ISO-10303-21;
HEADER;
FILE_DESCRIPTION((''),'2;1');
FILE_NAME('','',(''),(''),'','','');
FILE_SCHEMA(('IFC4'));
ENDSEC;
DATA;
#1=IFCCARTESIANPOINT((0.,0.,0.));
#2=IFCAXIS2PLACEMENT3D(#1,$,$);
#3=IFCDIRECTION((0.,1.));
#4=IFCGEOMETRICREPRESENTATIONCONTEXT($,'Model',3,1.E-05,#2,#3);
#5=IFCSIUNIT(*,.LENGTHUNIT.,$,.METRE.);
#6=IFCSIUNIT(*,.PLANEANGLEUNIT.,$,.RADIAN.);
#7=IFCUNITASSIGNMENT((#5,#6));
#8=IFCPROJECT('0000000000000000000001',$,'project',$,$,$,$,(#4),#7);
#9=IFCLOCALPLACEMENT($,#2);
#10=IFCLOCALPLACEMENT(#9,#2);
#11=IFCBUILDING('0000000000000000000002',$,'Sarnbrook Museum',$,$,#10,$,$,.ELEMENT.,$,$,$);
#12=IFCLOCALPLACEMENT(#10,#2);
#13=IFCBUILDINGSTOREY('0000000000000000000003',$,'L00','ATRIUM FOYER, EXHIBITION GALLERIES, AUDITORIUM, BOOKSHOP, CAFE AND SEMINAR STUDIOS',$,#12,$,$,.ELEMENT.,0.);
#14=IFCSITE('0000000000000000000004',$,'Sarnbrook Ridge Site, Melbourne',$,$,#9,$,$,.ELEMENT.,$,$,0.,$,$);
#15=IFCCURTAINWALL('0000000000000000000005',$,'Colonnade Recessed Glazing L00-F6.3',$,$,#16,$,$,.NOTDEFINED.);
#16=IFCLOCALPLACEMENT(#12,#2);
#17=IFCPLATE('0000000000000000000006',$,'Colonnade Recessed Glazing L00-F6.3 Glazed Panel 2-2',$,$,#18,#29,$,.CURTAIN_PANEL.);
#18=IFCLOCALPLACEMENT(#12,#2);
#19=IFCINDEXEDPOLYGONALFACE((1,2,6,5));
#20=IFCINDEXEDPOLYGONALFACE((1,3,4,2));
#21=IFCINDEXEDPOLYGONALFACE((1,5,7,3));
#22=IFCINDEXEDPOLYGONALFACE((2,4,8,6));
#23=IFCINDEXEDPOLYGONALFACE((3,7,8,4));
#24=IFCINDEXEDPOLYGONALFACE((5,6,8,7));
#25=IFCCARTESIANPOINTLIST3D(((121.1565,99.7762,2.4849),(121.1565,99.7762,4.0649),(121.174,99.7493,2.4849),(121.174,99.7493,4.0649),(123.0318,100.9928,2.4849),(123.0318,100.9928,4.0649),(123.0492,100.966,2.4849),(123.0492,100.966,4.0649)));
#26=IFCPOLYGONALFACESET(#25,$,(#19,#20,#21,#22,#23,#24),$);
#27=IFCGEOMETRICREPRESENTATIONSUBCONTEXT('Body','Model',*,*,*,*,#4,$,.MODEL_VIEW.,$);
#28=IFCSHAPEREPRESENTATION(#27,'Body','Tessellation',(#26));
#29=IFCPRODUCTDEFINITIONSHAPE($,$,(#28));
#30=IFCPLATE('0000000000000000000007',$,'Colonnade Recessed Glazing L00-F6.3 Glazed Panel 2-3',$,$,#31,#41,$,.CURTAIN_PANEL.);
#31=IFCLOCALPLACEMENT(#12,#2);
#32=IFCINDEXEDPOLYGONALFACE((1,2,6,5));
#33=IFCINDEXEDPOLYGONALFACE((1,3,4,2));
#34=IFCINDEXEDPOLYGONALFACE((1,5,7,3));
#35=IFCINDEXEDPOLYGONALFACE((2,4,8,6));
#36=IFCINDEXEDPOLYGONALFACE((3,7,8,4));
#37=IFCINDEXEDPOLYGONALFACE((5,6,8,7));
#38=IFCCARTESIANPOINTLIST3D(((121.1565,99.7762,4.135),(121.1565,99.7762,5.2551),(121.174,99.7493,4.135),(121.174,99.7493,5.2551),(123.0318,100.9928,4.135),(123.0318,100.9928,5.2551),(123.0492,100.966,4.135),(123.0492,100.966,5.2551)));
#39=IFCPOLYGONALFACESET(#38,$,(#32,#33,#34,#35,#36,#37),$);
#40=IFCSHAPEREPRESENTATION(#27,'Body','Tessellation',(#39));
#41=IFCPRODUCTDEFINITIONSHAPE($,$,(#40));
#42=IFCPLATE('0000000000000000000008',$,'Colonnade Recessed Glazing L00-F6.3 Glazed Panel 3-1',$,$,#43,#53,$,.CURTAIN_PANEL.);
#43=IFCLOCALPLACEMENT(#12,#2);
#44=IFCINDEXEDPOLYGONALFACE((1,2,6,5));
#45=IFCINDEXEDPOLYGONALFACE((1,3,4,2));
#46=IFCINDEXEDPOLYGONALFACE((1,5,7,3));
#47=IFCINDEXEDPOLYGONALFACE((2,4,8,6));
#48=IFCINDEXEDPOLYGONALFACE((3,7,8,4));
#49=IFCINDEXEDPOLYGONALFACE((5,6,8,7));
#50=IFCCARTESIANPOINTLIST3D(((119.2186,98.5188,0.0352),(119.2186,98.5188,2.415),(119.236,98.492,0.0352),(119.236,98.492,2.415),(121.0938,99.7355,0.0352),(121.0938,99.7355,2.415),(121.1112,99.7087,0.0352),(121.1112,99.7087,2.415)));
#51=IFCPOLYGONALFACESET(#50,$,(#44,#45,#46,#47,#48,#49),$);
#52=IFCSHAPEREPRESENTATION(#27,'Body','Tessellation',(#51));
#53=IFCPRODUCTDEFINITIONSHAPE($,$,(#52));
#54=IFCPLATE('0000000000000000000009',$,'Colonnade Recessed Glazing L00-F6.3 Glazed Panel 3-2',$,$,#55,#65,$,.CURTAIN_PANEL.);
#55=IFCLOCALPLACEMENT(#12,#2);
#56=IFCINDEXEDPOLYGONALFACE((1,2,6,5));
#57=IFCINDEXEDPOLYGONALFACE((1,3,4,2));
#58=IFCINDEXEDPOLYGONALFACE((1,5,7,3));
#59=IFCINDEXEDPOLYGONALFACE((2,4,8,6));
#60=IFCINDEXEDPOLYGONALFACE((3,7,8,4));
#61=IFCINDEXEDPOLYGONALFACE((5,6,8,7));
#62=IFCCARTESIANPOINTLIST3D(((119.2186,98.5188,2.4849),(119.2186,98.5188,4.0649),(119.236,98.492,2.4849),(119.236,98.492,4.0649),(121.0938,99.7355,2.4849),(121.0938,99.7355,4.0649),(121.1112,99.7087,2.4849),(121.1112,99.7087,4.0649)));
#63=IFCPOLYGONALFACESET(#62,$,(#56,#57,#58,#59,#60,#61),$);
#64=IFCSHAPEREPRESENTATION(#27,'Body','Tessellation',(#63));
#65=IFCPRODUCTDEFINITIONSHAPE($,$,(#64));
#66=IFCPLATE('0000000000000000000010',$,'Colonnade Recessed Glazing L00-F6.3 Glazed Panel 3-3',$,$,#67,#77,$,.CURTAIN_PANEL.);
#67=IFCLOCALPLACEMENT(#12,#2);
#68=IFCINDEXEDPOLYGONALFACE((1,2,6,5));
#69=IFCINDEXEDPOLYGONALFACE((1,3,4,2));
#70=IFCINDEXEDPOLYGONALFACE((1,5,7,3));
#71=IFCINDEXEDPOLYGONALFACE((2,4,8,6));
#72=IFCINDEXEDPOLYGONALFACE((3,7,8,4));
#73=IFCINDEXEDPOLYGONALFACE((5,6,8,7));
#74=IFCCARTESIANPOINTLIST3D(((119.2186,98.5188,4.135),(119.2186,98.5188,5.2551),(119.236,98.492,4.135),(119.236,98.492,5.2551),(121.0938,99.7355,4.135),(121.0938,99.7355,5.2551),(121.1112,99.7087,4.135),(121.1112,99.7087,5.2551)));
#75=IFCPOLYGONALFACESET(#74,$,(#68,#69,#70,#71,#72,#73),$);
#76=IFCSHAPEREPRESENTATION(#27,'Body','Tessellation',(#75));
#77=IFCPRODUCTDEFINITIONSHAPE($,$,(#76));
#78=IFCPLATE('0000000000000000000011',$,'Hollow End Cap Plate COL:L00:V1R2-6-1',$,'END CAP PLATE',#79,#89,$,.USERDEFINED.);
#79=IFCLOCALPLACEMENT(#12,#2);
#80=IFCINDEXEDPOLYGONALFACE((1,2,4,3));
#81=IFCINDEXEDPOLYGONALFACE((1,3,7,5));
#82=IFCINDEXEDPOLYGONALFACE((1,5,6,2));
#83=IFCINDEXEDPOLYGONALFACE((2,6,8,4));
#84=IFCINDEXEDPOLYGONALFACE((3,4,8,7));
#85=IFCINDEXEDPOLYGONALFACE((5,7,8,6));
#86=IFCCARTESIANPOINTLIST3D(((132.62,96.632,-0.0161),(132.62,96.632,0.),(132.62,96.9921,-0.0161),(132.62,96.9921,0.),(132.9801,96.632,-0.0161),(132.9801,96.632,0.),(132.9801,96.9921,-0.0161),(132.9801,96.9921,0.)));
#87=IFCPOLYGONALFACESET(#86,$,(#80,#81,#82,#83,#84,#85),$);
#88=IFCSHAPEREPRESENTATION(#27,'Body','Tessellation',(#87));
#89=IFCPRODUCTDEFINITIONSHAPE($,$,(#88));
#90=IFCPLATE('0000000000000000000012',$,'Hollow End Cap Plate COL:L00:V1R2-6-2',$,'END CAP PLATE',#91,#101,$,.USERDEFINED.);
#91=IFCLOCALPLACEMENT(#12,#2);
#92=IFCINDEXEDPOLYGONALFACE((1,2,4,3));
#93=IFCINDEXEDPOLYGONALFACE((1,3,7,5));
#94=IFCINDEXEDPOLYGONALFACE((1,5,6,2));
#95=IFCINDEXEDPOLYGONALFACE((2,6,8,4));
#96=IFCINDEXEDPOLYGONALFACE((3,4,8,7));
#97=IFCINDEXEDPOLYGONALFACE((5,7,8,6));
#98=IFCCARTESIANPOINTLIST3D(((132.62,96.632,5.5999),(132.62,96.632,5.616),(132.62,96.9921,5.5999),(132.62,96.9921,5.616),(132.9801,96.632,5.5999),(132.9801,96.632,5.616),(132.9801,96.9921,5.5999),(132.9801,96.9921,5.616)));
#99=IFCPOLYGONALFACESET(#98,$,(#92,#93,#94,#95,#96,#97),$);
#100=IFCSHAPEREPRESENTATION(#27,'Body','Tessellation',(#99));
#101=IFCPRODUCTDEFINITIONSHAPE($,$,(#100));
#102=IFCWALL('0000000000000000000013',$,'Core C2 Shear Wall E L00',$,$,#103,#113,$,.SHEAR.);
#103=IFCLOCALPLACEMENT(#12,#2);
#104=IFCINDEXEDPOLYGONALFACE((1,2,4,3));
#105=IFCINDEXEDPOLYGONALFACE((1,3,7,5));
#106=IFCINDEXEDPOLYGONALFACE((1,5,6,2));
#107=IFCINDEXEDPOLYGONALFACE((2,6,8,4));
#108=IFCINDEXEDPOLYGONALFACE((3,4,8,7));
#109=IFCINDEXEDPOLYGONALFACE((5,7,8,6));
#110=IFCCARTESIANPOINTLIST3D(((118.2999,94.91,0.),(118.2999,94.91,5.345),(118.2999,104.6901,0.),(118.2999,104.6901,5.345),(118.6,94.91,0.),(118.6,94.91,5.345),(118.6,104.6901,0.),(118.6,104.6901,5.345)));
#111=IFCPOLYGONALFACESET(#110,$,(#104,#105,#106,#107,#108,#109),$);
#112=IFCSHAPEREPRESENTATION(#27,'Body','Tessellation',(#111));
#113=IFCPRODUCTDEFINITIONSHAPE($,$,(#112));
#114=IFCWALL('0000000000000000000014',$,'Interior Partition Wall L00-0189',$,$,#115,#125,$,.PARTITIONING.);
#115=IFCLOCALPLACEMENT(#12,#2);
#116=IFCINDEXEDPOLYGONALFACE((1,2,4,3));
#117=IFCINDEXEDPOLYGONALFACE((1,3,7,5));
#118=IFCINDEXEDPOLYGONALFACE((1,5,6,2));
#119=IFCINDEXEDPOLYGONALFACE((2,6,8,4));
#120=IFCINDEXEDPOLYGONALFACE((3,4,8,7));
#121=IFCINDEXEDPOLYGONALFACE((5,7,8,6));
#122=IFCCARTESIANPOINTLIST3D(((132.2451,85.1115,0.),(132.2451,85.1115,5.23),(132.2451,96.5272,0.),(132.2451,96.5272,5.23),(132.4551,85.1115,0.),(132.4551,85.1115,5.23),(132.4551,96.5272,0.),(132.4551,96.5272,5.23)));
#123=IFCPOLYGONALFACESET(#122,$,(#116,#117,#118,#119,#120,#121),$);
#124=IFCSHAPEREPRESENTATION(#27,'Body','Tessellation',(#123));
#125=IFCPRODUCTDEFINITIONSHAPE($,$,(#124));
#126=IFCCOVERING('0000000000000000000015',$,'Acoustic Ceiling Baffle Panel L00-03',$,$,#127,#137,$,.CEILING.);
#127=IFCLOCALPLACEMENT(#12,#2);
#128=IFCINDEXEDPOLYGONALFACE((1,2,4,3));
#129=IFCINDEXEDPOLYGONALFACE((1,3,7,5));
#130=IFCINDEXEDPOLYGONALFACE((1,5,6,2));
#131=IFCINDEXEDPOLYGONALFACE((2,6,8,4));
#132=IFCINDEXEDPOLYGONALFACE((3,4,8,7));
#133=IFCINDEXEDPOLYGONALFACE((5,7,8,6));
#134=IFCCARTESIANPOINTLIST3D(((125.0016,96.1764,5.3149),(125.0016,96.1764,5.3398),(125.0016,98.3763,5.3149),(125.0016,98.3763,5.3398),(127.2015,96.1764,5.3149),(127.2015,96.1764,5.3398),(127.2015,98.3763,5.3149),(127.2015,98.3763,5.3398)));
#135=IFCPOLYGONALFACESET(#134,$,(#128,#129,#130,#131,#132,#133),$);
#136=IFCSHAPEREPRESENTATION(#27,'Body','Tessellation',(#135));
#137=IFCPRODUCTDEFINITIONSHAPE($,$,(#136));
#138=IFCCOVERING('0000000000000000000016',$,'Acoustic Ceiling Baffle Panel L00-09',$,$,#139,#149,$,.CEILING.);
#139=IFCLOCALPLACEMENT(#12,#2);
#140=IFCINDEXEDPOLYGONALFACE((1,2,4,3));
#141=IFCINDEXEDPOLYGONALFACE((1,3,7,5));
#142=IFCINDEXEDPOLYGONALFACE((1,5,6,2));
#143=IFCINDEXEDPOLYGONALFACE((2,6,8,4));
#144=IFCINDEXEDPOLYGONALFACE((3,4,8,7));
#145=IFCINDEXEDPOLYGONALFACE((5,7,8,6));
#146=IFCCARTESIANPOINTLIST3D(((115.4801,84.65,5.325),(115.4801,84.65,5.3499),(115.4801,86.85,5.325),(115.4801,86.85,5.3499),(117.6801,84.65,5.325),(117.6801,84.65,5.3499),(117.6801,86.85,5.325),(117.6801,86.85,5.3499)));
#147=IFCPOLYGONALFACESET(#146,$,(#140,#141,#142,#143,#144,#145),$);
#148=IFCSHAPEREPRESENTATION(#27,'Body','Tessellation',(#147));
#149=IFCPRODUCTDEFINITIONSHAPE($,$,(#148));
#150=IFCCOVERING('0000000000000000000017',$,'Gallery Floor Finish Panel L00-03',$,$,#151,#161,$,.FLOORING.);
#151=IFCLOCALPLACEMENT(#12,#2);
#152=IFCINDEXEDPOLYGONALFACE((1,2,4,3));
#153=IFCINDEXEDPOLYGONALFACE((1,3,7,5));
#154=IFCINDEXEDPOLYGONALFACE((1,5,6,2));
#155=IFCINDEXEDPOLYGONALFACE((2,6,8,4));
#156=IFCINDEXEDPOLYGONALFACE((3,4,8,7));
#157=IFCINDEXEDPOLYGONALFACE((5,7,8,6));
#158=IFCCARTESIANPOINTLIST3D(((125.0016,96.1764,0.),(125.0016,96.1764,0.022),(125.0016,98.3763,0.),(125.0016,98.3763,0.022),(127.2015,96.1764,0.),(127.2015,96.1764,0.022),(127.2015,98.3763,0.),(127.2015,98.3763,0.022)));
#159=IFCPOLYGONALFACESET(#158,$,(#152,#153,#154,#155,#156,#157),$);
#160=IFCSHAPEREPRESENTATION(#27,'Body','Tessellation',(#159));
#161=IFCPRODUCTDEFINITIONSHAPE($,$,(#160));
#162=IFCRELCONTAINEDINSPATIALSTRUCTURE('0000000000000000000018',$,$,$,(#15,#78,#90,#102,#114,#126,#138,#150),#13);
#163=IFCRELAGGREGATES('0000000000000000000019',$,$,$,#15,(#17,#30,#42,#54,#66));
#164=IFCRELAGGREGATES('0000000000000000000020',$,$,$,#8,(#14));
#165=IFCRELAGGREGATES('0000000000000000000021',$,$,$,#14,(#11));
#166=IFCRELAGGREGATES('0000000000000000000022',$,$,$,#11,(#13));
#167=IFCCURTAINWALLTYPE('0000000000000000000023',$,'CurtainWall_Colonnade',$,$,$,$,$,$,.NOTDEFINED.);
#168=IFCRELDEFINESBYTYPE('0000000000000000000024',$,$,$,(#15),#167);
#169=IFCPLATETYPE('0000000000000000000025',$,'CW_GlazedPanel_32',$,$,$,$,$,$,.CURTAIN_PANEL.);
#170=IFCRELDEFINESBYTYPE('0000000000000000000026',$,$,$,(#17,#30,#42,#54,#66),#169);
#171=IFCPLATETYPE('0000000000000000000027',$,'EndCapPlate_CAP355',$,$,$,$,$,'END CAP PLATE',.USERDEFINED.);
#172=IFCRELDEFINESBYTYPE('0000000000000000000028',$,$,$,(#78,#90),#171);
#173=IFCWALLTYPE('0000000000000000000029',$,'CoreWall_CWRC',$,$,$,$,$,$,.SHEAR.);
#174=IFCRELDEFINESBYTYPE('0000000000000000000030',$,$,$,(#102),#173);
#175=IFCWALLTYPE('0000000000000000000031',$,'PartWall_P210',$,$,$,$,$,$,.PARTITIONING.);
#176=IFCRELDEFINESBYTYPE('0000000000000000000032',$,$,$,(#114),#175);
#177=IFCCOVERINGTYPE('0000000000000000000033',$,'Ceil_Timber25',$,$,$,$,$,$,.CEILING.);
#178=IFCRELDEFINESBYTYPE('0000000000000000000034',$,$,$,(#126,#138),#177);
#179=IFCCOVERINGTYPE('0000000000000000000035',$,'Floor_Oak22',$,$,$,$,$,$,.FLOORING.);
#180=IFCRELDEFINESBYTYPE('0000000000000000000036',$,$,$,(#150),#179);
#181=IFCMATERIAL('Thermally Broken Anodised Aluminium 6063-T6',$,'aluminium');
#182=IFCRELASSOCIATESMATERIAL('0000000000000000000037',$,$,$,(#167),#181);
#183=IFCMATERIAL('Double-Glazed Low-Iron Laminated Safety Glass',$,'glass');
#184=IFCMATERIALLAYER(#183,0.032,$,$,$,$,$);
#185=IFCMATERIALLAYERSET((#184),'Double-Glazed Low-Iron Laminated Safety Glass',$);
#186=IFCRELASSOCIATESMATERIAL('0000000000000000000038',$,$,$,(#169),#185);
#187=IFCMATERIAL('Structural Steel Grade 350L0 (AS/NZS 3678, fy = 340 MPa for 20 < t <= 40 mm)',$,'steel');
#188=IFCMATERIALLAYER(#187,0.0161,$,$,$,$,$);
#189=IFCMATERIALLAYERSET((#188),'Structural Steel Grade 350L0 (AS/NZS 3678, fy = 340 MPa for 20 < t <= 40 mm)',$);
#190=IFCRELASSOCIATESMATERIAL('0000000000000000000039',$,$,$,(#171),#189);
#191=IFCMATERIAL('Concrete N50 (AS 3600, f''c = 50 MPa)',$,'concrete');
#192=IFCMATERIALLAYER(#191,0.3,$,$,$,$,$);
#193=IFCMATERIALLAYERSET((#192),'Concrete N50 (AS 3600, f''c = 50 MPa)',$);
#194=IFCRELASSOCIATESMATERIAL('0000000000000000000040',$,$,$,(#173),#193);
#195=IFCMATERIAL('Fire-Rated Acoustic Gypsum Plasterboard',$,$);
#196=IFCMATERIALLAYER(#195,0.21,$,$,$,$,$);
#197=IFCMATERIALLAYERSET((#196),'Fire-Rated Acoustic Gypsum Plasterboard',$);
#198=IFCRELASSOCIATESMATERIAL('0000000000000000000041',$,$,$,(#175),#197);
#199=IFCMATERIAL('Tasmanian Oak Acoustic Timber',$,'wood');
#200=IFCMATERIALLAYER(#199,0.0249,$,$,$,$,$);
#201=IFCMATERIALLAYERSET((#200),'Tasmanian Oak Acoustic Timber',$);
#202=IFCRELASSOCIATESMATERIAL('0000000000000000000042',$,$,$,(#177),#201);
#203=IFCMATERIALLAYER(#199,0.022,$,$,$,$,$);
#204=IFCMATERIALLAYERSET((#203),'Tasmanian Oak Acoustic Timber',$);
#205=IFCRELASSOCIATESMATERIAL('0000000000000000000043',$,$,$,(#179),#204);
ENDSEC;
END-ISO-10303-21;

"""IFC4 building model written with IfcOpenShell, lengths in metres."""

from ifc_helpers import new_model, si_unit, direction, frame, frame_2d, origin, origin_2d, place, context, subcontext, project, spatial, rectangle, extrude, material, layer, layer_set, type_object, element, aggregate, save


model = new_model("IFC4")

# Units and contexts
model_context = context("Model", 3, precision=1e-05, world=origin(), true_north=direction((0.0, 1.0)))
body_context = subcontext(model_context, "Body", "Model", "MODEL_VIEW")
ifc_project = project(units=[si_unit("LENGTHUNIT", "METRE"), si_unit("PLANEANGLEUNIT", "RADIAN")], contexts=[model_context])

# Site, building, storey
site_placement = place(None, origin())
site = spatial("IfcSite", under=ifc_project, at=site_placement, Name="Sarnbrook Ridge Site, Melbourne", CompositionType="ELEMENT", RefElevation=0.0)
building_placement = place(site_placement, origin())
building = spatial("IfcBuilding", under=site, at=building_placement, Name="Sarnbrook Museum", CompositionType="ELEMENT")
storey_placement = place(building_placement, origin())
storey = spatial("IfcBuildingStorey", under=building, at=storey_placement, Name="L00", Description="ATRIUM FOYER, EXHIBITION GALLERIES, AUDITORIUM, BOOKSHOP, CAFE AND SEMINAR STUDIOS", CompositionType="ELEMENT", Elevation=0.0)

# Shared definitions
ifc_material_1 = material(Name="Structural Steel Grade 350L0 (AS/NZS 3678, fy = 340 MPa for 20 < t <= 40 mm)", Category="steel")

# Curtain wall, plates
ifc_material_2 = material(Name="Thermally Broken Anodised Aluminium 6063-T6", Category="aluminium")
curtain_wall_type = type_object("IfcCurtainWallType", Name="CurtainWall_Colonnade", PredefinedType="NOTDEFINED", material=ifc_material_2)
curtain_wall_placement = place(storey_placement, origin())
curtain_wall = element("IfcCurtainWall", 1, at=curtain_wall_placement, inside=storey, type_object=curtain_wall_type, Name="Colonnade Recessed Glazing L00-F6.3", PredefinedType="NOTDEFINED")
ifc_material_3 = material(Name="Double-Glazed Low-Iron Laminated Safety Glass", Category="glass")
ifc_layer_1 = layer(ifc_material_3, 0.032)
ifc_layer_set_1 = layer_set([ifc_layer_1], Name="Double-Glazed Low-Iron Laminated Safety Glass")
plate_type_1 = type_object("IfcPlateType", Name="CW_GlazedPanel_32", PredefinedType="CURTAIN_PANEL", material=ifc_layer_set_1)
plate_1_placement = place(storey_placement, frame((122.1116, 100.3577, 3.2749), z_axis=(-0.544286, 0.8389, 0.0), x_axis=(-0.8389, -0.544286, 0.0)))
plate_1 = element("IfcPlate", 2, at=plate_1_placement, type_object=plate_type_1, Name="Colonnade Recessed Glazing L00-F6.3 Glazed Panel 2-2", PredefinedType="CURTAIN_PANEL", context=body_context, shape_type="SweptSolid", body=[
    extrude(rectangle(XDim=2.2354, YDim=1.5801, at=origin_2d()), origin(), (0.0, 0.0, 1.0), 0.032),
])
plate_2_placement = place(storey_placement, frame((122.1116, 100.3577, 4.6951), z_axis=(-0.544286, 0.8389, 0.0), x_axis=(-0.8389, -0.544286, 0.0)))
plate_2 = element("IfcPlate", 3, at=plate_2_placement, type_object=plate_type_1, Name="Colonnade Recessed Glazing L00-F6.3 Glazed Panel 2-3", PredefinedType="CURTAIN_PANEL", context=body_context, shape_type="SweptSolid", body=[
    extrude(rectangle(XDim=2.2354, YDim=1.1201, at=origin_2d()), origin(), (0.0, 0.0, 1.0), 0.032),
])
plate_3_placement = place(storey_placement, frame((120.1736, 99.1003, 1.2251), z_axis=(-0.544286, 0.8389, 0.0), x_axis=(-0.8389, -0.544286, 0.0)))
plate_3 = element("IfcPlate", 4, at=plate_3_placement, type_object=plate_type_1, Name="Colonnade Recessed Glazing L00-F6.3 Glazed Panel 3-1", PredefinedType="CURTAIN_PANEL", context=body_context, shape_type="SweptSolid", body=[
    extrude(rectangle(XDim=2.2354, YDim=2.3799, at=origin_2d()), origin(), (0.0, 0.0, 1.0), 0.032),
])
plate_4_placement = place(storey_placement, frame((120.1736, 99.1003, 3.2749), z_axis=(-0.544286, 0.8389, 0.0), x_axis=(-0.8389, -0.544286, 0.0)))
plate_4 = element("IfcPlate", 5, at=plate_4_placement, type_object=plate_type_1, Name="Colonnade Recessed Glazing L00-F6.3 Glazed Panel 3-2", PredefinedType="CURTAIN_PANEL", context=body_context, shape_type="SweptSolid", body=[
    extrude(rectangle(XDim=2.2354, YDim=1.5801, at=origin_2d()), origin(), (0.0, 0.0, 1.0), 0.032),
])
plate_5_placement = place(storey_placement, frame((120.1736, 99.1003, 4.6951), z_axis=(-0.544286, 0.8389, 0.0), x_axis=(-0.8389, -0.544286, 0.0)))
plate_5 = element("IfcPlate", 6, at=plate_5_placement, type_object=plate_type_1, Name="Colonnade Recessed Glazing L00-F6.3 Glazed Panel 3-3", PredefinedType="CURTAIN_PANEL", context=body_context, shape_type="SweptSolid", body=[
    extrude(rectangle(XDim=2.2354, YDim=1.1201, at=origin_2d()), origin(), (0.0, 0.0, 1.0), 0.032),
])
aggregate(curtain_wall, [plate_1, plate_2, plate_3, plate_4, plate_5])

# Plates
ifc_layer_2 = layer(ifc_material_1, 0.0161)
ifc_layer_set_2 = layer_set([ifc_layer_2], Name="Structural Steel Grade 350L0 (AS/NZS 3678, fy = 340 MPa for 20 < t <= 40 mm)")
plate_type_2 = type_object("IfcPlateType", Name="EndCapPlate_CAP355", ElementType="END CAP PLATE", PredefinedType="USERDEFINED", material=ifc_layer_set_2)
for number, where, z_axis, x_axis, name in (
    (7, (132.8, 96.812, -0.0161), (0.0, 0.0, 1.0), (1.0, 0.0, 0.0), "Hollow End Cap Plate COL:L00:V1R2-6-1"),
    (8, (132.8, 96.812, 5.5999), (0.0, 0.0, 1.0), (1.0, 0.0, 0.0), "Hollow End Cap Plate COL:L00:V1R2-6-2"),
):
    element("IfcPlate", number, at=place(storey_placement, frame(where, z_axis=z_axis, x_axis=x_axis)), inside=storey, type_object=plate_type_2, Name=name, ObjectType="END CAP PLATE", PredefinedType="USERDEFINED", context=body_context, shape_type="SweptSolid", body=[
        extrude(rectangle(XDim=0.3601, YDim=0.3601, at=origin_2d()), origin(), (0.0, 0.0, 1.0), 0.0161),
    ])

# Walls
ifc_material_4 = material(Name="Concrete N50 (AS 3600, f'c = 50 MPa)", Category="concrete")
ifc_layer_3 = layer(ifc_material_4, 0.3)
ifc_layer_set_3 = layer_set([ifc_layer_3], Name="Concrete N50 (AS 3600, f'c = 50 MPa)")
wall_type_1 = type_object("IfcWallType", Name="CoreWall_CWRC", PredefinedType="SHEAR", material=ifc_layer_set_3)
wall_1_placement = place(storey_placement, frame((118.45, 94.9099, 0.0), z_axis=(0.0, 0.0, 1.0), x_axis=(0.0, 1.0, 0.0)))
element("IfcWall", 9, at=wall_1_placement, inside=storey, type_object=wall_type_1, Name="Core C2 Shear Wall E L00", PredefinedType="SHEAR", context=body_context, shape_type="SweptSolid", body=[
    extrude(rectangle(XDim=9.78, YDim=0.3, at=frame_2d((4.8901, 0.0))), origin(), (0.0, 0.0, 1.0), 5.345),
])
ifc_material_5 = material(Name="Fire-Rated Acoustic Gypsum Plasterboard")
ifc_layer_4 = layer(ifc_material_5, 0.21)
ifc_layer_set_4 = layer_set([ifc_layer_4], Name="Fire-Rated Acoustic Gypsum Plasterboard")
wall_type_2 = type_object("IfcWallType", Name="PartWall_P210", PredefinedType="PARTITIONING", material=ifc_layer_set_4)
wall_2_placement = place(storey_placement, frame((132.3501, 96.5273, 0.0), z_axis=(0.0, 0.0, 1.0), x_axis=(0.0, -1.0, 0.0)))
element("IfcWall", 10, at=wall_2_placement, inside=storey, type_object=wall_type_2, Name="Interior Partition Wall L00-0189", PredefinedType="PARTITIONING", context=body_context, shape_type="SweptSolid", body=[
    extrude(rectangle(XDim=11.4158, YDim=0.21, at=frame_2d((5.708, 0.0))), origin(), (0.0, 0.0, 1.0), 5.23),
])

# Coverings
ifc_material_6 = material(Name="Tasmanian Oak Acoustic Timber", Category="wood")
ifc_layer_5 = layer(ifc_material_6, 0.0249)
ifc_layer_set_5 = layer_set([ifc_layer_5], Name="Tasmanian Oak Acoustic Timber")
covering_type_1 = type_object("IfcCoveringType", Name="Ceil_Timber25", PredefinedType="CEILING", material=ifc_layer_set_5)
for number, where, z_axis, x_axis, name in (
    (11, (126.1016, 97.2764, 5.3149), (0.0, 0.0, 1.0), (1.0, 0.0, 0.0), "Acoustic Ceiling Baffle Panel L00-03"),
    (12, (116.5801, 85.75, 5.325), (0.0, 0.0, 1.0), (1.0, 0.0, 0.0), "Acoustic Ceiling Baffle Panel L00-09"),
):
    element("IfcCovering", number, at=place(storey_placement, frame(where, z_axis=z_axis, x_axis=x_axis)), inside=storey, type_object=covering_type_1, Name=name, PredefinedType="CEILING", context=body_context, shape_type="SweptSolid", body=[
        extrude(rectangle(XDim=2.2, YDim=2.2, at=origin_2d()), origin(), (0.0, 0.0, 1.0), 0.0249),
    ])
ifc_layer_6 = layer(ifc_material_6, 0.022)
ifc_layer_set_6 = layer_set([ifc_layer_6], Name="Tasmanian Oak Acoustic Timber")
covering_type_2 = type_object("IfcCoveringType", Name="Floor_Oak22", PredefinedType="FLOORING", material=ifc_layer_set_6)
covering_placement = place(storey_placement, frame((126.1016, 97.2764, 0.0), z_axis=(0.0, 0.0, 1.0), x_axis=(1.0, 0.0, 0.0)))
element("IfcCovering", 13, at=covering_placement, inside=storey, type_object=covering_type_2, Name="Gallery Floor Finish Panel L00-03", PredefinedType="FLOORING", context=body_context, shape_type="SweptSolid", body=[
    extrude(rectangle(XDim=2.2, YDim=2.2, at=origin_2d()), origin(), (0.0, 0.0, 1.0), 0.022),
])

save(model, "model.ifc")
